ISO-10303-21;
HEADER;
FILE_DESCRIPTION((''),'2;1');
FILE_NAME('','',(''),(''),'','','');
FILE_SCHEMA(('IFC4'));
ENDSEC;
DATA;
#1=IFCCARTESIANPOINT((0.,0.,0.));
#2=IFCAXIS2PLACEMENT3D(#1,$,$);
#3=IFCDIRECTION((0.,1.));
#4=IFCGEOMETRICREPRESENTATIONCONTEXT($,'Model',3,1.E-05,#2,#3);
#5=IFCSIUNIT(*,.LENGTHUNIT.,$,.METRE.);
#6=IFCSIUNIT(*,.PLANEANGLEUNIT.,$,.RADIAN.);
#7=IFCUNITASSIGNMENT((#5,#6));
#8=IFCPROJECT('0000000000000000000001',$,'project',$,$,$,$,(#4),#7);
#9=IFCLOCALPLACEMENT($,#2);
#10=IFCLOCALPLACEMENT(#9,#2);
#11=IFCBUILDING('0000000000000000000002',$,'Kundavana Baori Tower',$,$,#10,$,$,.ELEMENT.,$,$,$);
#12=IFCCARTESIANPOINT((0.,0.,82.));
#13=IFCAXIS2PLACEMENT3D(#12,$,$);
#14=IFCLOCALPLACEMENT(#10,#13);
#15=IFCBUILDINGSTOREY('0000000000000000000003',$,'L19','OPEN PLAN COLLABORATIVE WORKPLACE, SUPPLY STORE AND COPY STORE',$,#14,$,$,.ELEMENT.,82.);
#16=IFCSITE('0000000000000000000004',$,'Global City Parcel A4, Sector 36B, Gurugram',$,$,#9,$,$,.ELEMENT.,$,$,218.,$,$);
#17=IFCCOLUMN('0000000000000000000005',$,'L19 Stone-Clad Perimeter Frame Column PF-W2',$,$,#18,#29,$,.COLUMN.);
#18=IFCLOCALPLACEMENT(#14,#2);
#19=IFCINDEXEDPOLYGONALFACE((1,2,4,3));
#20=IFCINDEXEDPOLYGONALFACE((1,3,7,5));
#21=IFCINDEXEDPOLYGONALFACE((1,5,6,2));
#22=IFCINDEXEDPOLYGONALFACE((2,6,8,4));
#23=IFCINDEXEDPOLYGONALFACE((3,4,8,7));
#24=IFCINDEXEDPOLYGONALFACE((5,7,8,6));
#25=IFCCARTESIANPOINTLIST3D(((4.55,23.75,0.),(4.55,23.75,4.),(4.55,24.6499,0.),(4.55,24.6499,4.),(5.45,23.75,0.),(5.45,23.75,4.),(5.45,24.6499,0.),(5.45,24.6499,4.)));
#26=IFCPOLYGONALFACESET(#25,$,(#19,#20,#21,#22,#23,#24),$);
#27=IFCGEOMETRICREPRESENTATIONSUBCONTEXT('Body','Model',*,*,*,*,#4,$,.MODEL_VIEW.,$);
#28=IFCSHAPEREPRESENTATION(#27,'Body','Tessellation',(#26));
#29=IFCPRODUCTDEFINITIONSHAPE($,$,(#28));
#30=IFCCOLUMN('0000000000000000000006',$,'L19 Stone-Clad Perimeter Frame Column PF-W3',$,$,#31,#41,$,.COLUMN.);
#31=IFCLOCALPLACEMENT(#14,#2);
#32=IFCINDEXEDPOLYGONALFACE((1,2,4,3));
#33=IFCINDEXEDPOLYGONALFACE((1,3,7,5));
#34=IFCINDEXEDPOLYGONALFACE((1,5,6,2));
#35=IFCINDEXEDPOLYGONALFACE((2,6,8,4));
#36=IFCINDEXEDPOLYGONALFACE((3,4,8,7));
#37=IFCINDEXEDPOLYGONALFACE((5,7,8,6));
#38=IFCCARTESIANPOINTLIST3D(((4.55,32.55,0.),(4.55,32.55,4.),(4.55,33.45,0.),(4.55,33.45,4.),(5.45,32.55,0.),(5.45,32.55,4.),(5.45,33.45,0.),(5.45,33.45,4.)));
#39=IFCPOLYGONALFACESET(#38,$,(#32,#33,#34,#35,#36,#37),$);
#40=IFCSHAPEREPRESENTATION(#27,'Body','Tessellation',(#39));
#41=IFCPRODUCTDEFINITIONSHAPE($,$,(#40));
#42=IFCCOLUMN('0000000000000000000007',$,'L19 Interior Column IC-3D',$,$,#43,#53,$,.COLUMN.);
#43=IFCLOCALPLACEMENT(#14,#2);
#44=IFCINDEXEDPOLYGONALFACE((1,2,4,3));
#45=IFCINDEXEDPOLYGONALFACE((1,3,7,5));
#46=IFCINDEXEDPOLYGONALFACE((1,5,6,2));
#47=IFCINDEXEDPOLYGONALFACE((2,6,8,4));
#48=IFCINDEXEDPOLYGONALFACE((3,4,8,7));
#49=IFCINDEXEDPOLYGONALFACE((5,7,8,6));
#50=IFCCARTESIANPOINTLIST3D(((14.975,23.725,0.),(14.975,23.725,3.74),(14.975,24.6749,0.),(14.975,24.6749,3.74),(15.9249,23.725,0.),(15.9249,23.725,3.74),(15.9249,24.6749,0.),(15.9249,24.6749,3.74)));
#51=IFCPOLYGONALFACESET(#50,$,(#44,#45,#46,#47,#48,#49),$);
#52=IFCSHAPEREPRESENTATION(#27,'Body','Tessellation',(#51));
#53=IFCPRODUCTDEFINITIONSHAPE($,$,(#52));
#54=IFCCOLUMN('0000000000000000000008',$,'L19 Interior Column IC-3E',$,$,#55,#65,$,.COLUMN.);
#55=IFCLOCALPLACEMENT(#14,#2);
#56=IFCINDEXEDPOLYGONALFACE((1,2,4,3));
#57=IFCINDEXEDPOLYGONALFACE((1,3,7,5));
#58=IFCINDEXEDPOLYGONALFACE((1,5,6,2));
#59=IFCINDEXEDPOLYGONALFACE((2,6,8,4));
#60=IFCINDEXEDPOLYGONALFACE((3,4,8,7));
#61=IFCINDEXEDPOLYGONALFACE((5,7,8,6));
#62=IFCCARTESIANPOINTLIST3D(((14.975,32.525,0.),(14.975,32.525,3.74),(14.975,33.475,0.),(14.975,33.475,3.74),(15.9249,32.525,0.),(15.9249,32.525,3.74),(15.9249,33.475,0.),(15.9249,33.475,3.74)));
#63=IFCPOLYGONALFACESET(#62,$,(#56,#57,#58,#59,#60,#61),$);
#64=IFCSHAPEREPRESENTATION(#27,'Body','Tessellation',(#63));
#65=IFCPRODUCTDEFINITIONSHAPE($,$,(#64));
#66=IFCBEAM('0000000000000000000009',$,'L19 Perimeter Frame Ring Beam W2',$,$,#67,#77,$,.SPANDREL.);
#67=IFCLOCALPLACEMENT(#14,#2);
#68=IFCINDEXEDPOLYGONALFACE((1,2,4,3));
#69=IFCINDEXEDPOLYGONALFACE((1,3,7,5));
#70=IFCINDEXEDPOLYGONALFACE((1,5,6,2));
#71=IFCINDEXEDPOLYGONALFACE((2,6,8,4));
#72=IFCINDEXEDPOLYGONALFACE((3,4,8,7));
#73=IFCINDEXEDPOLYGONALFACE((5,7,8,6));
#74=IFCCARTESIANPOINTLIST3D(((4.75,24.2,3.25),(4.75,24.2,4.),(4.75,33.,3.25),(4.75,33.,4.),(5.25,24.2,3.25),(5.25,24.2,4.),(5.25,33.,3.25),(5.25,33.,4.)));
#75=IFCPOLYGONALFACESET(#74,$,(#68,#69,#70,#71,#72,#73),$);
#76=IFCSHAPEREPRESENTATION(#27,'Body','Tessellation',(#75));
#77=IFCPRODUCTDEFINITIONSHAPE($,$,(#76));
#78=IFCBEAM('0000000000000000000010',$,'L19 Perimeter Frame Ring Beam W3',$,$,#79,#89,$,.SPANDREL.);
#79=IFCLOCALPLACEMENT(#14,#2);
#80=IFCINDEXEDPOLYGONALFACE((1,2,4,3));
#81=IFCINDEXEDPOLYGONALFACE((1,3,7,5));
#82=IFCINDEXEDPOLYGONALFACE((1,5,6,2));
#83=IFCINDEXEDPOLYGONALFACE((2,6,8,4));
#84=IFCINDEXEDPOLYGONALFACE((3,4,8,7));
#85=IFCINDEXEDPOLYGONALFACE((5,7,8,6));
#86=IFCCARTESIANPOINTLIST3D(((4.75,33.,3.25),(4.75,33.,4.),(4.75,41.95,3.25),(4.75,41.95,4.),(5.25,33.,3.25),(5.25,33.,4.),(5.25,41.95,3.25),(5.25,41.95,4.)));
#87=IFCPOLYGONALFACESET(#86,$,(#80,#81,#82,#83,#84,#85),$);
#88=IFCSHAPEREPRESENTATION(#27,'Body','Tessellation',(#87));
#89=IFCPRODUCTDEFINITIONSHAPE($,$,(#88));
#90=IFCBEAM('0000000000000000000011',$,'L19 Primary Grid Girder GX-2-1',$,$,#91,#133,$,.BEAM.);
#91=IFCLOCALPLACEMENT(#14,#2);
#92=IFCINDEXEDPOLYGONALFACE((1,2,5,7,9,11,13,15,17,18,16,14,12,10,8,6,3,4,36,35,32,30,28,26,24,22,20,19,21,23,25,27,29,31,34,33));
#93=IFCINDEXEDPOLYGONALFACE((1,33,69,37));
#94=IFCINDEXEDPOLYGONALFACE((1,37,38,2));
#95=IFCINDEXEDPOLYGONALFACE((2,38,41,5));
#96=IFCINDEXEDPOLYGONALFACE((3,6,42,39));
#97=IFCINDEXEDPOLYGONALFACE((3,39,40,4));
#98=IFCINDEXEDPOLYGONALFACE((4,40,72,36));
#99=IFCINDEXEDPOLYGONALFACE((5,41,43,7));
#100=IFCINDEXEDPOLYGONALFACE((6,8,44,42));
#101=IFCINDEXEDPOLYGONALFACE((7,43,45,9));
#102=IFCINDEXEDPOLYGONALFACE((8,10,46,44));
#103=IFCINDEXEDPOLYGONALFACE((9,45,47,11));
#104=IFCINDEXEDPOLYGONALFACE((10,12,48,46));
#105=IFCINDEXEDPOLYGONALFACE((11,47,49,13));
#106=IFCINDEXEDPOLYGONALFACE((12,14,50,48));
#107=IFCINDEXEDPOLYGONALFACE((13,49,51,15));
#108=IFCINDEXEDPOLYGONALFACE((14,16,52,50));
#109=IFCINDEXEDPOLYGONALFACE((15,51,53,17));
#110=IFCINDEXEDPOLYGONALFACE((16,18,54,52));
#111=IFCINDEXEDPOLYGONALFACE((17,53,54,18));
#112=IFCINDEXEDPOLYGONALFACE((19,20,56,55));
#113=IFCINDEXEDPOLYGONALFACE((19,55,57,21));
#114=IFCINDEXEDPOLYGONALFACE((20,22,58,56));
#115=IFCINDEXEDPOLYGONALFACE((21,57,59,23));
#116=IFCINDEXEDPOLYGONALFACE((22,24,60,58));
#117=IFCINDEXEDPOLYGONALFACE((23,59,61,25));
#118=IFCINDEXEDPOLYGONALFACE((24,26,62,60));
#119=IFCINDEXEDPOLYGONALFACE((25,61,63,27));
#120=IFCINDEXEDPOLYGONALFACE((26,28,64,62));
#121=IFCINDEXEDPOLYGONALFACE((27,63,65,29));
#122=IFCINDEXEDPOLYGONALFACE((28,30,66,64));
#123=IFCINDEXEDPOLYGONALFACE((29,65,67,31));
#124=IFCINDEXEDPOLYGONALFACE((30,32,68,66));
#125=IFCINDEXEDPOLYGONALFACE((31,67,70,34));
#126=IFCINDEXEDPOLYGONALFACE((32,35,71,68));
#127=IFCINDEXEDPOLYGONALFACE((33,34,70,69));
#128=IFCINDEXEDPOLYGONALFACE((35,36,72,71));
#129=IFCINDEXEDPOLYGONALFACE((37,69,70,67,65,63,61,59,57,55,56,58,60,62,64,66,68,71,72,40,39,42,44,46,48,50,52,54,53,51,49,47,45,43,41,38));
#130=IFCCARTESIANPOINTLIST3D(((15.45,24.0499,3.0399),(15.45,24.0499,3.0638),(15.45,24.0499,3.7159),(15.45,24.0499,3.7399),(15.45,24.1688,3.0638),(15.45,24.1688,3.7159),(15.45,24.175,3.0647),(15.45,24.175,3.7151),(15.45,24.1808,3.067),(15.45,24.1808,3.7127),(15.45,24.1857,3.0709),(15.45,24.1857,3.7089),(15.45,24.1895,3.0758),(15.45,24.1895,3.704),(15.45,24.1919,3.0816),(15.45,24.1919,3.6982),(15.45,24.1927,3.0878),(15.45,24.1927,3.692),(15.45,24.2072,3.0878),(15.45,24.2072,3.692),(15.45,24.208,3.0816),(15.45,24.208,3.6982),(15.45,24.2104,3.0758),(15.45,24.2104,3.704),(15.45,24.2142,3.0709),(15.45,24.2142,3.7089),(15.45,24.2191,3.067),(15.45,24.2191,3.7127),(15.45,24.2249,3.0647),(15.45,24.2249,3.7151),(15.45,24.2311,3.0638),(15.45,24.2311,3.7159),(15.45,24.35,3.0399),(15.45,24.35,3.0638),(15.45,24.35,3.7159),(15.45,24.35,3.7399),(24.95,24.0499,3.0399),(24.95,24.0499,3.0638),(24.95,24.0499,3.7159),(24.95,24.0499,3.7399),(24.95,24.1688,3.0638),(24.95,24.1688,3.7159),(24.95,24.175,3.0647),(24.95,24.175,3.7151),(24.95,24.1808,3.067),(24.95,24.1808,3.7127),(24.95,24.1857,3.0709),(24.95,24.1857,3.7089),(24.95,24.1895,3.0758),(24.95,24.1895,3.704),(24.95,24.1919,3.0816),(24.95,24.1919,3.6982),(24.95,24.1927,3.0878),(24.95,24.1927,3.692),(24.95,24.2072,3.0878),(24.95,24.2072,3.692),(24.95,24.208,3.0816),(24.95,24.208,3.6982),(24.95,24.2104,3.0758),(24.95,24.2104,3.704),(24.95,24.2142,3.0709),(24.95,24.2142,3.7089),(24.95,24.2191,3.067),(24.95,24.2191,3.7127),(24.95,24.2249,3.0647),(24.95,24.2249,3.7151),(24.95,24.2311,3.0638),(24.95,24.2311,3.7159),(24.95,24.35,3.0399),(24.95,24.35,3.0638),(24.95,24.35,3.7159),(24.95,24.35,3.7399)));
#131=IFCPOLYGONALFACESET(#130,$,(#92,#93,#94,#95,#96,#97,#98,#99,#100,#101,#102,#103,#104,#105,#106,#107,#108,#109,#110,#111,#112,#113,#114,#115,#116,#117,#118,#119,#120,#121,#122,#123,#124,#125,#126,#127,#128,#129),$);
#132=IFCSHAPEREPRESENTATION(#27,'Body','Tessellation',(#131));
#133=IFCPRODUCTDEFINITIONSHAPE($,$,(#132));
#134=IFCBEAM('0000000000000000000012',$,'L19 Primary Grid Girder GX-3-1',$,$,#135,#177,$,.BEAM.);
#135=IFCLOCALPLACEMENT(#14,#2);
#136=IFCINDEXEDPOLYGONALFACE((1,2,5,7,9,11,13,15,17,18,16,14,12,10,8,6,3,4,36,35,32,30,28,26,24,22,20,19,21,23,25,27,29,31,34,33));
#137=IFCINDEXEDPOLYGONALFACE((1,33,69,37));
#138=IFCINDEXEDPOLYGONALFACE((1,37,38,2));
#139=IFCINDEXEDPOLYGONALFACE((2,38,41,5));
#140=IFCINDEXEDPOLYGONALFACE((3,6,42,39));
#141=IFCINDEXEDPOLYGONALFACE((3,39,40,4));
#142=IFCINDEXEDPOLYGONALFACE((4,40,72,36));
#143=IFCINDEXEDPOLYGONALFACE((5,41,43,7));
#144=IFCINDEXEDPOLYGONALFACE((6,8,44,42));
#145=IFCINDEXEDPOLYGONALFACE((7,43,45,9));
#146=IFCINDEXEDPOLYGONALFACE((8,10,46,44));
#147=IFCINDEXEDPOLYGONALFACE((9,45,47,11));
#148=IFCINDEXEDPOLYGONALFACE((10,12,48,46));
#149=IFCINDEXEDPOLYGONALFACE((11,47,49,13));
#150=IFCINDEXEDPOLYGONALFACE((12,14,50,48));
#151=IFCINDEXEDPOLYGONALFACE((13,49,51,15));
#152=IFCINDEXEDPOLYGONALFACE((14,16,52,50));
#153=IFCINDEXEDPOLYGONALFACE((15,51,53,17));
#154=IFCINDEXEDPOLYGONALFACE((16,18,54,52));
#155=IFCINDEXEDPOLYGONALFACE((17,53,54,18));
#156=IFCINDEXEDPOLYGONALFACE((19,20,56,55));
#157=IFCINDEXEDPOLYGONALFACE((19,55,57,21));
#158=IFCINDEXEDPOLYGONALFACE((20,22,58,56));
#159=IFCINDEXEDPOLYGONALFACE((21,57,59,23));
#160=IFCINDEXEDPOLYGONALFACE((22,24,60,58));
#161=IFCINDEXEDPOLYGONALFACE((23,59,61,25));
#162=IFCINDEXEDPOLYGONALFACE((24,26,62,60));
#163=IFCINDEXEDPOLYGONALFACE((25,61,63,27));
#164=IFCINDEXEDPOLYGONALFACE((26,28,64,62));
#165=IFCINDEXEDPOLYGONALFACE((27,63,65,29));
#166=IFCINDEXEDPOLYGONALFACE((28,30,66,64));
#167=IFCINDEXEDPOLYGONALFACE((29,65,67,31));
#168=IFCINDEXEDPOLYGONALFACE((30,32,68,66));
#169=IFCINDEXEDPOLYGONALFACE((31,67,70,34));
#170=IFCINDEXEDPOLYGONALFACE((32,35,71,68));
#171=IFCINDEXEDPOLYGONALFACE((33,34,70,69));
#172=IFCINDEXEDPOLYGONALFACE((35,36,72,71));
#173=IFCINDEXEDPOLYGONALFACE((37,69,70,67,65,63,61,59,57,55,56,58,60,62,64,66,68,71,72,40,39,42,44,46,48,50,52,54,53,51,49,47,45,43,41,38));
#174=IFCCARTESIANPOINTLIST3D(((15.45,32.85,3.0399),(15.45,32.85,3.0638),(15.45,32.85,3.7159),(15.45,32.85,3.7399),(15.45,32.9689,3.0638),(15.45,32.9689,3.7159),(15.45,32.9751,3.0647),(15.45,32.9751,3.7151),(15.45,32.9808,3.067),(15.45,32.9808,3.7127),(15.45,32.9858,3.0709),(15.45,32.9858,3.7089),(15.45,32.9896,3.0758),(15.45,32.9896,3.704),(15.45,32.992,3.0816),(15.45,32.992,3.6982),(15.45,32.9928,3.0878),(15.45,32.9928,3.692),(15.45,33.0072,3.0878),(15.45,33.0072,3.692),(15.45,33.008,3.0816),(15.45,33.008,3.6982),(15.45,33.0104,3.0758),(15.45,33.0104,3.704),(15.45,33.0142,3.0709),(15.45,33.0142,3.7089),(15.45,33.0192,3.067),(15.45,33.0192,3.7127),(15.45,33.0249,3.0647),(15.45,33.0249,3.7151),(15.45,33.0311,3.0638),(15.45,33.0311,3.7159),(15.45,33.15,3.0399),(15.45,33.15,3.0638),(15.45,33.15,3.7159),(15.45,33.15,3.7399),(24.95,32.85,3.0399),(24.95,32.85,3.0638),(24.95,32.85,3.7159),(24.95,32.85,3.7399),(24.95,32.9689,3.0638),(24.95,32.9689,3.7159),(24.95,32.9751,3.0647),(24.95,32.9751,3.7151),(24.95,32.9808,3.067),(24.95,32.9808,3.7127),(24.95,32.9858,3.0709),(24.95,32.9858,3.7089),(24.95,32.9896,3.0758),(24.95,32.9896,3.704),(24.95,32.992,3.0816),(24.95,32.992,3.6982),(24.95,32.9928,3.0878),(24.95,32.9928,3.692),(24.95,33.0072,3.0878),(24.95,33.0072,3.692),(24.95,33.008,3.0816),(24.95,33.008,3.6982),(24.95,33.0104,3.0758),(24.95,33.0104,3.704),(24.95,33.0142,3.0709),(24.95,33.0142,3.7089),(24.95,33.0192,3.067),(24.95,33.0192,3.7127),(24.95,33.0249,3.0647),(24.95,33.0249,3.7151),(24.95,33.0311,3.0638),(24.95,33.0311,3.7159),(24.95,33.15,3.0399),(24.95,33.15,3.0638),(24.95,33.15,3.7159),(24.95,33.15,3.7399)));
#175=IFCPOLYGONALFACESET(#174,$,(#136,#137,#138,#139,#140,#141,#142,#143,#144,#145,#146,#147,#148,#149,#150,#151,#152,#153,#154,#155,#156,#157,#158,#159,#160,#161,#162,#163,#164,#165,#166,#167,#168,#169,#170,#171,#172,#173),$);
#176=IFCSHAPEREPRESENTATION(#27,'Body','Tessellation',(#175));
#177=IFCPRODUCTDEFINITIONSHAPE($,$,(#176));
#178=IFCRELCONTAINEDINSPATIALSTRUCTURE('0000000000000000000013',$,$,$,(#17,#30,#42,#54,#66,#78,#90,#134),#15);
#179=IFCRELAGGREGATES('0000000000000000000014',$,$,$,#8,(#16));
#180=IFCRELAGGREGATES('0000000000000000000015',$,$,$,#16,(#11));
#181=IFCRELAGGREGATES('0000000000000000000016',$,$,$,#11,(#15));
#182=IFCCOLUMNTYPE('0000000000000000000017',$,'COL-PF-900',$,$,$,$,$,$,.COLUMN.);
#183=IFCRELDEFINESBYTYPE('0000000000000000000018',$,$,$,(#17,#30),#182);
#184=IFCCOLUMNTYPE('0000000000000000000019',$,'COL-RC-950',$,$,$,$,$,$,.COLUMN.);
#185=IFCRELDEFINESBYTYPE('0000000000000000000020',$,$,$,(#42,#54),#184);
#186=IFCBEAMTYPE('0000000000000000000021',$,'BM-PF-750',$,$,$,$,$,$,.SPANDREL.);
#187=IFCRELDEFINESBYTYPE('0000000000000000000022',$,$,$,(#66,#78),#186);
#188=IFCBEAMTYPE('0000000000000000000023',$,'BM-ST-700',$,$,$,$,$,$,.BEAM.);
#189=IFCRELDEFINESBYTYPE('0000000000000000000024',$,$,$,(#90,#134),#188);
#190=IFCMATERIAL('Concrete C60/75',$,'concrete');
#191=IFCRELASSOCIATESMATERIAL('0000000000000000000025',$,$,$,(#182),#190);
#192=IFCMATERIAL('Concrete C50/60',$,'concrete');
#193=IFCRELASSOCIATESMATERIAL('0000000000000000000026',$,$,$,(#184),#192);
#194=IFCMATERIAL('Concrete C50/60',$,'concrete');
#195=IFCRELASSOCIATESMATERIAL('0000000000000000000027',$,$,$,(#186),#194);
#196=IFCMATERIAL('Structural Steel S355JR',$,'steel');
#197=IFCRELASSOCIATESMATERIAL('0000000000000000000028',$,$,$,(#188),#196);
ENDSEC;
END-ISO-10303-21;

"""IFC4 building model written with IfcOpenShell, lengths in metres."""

from ifc_helpers import new_model, si_unit, direction, frame, origin, origin_2d, place, context, subcontext, project, spatial, rectangle, i_section, extrude, material, material_profile, profile_set, type_object, element, save


model = new_model("IFC4")

# Units and contexts
model_context = context("Model", 3, precision=1e-05, world=origin(), true_north=direction((0.0, 1.0)))
body_context = subcontext(model_context, "Body", "Model", "MODEL_VIEW")
ifc_project = project(units=[si_unit("LENGTHUNIT", "METRE"), si_unit("PLANEANGLEUNIT", "RADIAN")], contexts=[model_context])

# Site, building, storey
site_placement = place(None, origin())
site = spatial("IfcSite", under=ifc_project, at=site_placement, Name="Global City Parcel A4, Sector 36B, Gurugram", CompositionType="ELEMENT", RefElevation=218.0)
building_placement = place(site_placement, origin())
building = spatial("IfcBuilding", under=site, at=building_placement, Name="Kundavana Baori Tower", CompositionType="ELEMENT")
storey_placement = place(building_placement, frame((0.0, 0.0, 82.0)))
storey = spatial("IfcBuildingStorey", under=building, at=storey_placement, Name="L19", Description="OPEN PLAN COLLABORATIVE WORKPLACE, SUPPLY STORE AND COPY STORE", CompositionType="ELEMENT", Elevation=82.0)

# Columns
ifc_material_1 = material(Name="Concrete C60/75", Category="concrete")
ifc_material_profile_1 = material_profile(ifc_material_1, rectangle(XDim=0.8999, YDim=0.8999, at=origin_2d()), Name="RC PF 900x900")
ifc_profile_set_1 = profile_set([ifc_material_profile_1], Name="Concrete C60/75")
column_type_1 = type_object("IfcColumnType", Name="COL-PF-900", PredefinedType="COLUMN", material=ifc_profile_set_1)
for number, where, z_axis, x_axis, name in (
    (1, (5.0, 24.2, 0.0), (0.0, 0.0, 1.0), (1.0, 0.0, 0.0), "L19 Stone-Clad Perimeter Frame Column PF-W2"),
    (2, (5.0, 33.0, 0.0), (0.0, 0.0, 1.0), (1.0, 0.0, 0.0), "L19 Stone-Clad Perimeter Frame Column PF-W3"),
):
    element("IfcColumn", number, at=place(storey_placement, frame(where, z_axis=z_axis, x_axis=x_axis)), inside=storey, type_object=column_type_1, Name=name, PredefinedType="COLUMN", context=body_context, shape_type="SweptSolid", body=[
        extrude(rectangle(XDim=0.8999, YDim=0.8999, at=origin_2d()), origin(), (0.0, 0.0, 1.0), 4.0),
    ])
ifc_material_2 = material(Name="Concrete C50/60", Category="concrete")
ifc_material_profile_2 = material_profile(ifc_material_2, rectangle(XDim=0.95, YDim=0.95, at=origin_2d()), Name="RC 950x950")
ifc_profile_set_2 = profile_set([ifc_material_profile_2], Name="Concrete C50/60")
column_type_2 = type_object("IfcColumnType", Name="COL-RC-950", PredefinedType="COLUMN", material=ifc_profile_set_2)
for number, where, z_axis, x_axis, name in (
    (3, (15.45, 24.2, 0.0), (0.0, 0.0, 1.0), (1.0, 0.0, 0.0), "L19 Interior Column IC-3D"),
    (4, (15.45, 33.0, 0.0), (0.0, 0.0, 1.0), (1.0, 0.0, 0.0), "L19 Interior Column IC-3E"),
):
    element("IfcColumn", number, at=place(storey_placement, frame(where, z_axis=z_axis, x_axis=x_axis)), inside=storey, type_object=column_type_2, Name=name, PredefinedType="COLUMN", context=body_context, shape_type="SweptSolid", body=[
        extrude(rectangle(XDim=0.95, YDim=0.95, at=origin_2d()), origin(), (0.0, 0.0, 1.0), 3.74),
    ])

# Beams
ifc_material_3 = material(Name="Concrete C50/60", Category="concrete")
ifc_material_profile_3 = material_profile(ifc_material_3, rectangle(XDim=0.5, YDim=0.75, at=origin_2d()), Name="RC BM 500x750")
ifc_profile_set_3 = profile_set([ifc_material_profile_3], Name="Concrete C50/60")
beam_type_1 = type_object("IfcBeamType", Name="BM-PF-750", PredefinedType="SPANDREL", material=ifc_profile_set_3)
beam_1_placement = place(storey_placement, frame((5.0, 24.2, 3.625), z_axis=(0.0, 1.0, 0.0), x_axis=(-1.0, 0.0, 0.0)))
element("IfcBeam", 5, at=beam_1_placement, inside=storey, type_object=beam_type_1, Name="L19 Perimeter Frame Ring Beam W2", PredefinedType="SPANDREL", context=body_context, shape_type="SweptSolid", body=[
    extrude(rectangle(XDim=0.5, YDim=0.75, at=origin_2d()), origin(), (0.0, 0.0, 1.0), 8.8),
])
beam_2_placement = place(storey_placement, frame((5.0, 33.0, 3.625), z_axis=(0.0, 1.0, 0.0), x_axis=(-1.0, 0.0, 0.0)))
element("IfcBeam", 6, at=beam_2_placement, inside=storey, type_object=beam_type_1, Name="L19 Perimeter Frame Ring Beam W3", PredefinedType="SPANDREL", context=body_context, shape_type="SweptSolid", body=[
    extrude(rectangle(XDim=0.5, YDim=0.75, at=origin_2d()), origin(), (0.0, 0.0, 1.0), 8.95),
])
ifc_material_4 = material(Name="Structural Steel S355JR", Category="steel")
ifc_material_profile_4 = material_profile(ifc_material_4, i_section(OverallWidth=0.3, OverallDepth=0.7, WebThickness=0.0144, FlangeThickness=0.0239, FilletRadius=0.0239, at=origin_2d()), Name="NPB 700x300x170")
ifc_profile_set_4 = profile_set([ifc_material_profile_4], Name="Structural Steel S355JR")
beam_type_2 = type_object("IfcBeamType", Name="BM-ST-700", PredefinedType="BEAM", material=ifc_profile_set_4)
for number, where, z_axis, x_axis, name in (
    (7, (15.45, 24.2, 3.3899), (1.0, 0.0, 0.0), (0.0, 1.0, 0.0), "L19 Primary Grid Girder GX-2-1"),
    (8, (15.45, 33.0, 3.3899), (1.0, 0.0, 0.0), (0.0, 1.0, 0.0), "L19 Primary Grid Girder GX-3-1"),
):
    element("IfcBeam", number, at=place(storey_placement, frame(where, z_axis=z_axis, x_axis=x_axis)), inside=storey, type_object=beam_type_2, Name=name, PredefinedType="BEAM", context=body_context, shape_type="SweptSolid", body=[
        extrude(i_section(OverallWidth=0.3, OverallDepth=0.7, WebThickness=0.0144, FlangeThickness=0.0239, FilletRadius=0.0239, at=origin_2d()), origin(), (0.0, 0.0, 1.0), 9.5),
    ])

save(model, "model.ifc")
